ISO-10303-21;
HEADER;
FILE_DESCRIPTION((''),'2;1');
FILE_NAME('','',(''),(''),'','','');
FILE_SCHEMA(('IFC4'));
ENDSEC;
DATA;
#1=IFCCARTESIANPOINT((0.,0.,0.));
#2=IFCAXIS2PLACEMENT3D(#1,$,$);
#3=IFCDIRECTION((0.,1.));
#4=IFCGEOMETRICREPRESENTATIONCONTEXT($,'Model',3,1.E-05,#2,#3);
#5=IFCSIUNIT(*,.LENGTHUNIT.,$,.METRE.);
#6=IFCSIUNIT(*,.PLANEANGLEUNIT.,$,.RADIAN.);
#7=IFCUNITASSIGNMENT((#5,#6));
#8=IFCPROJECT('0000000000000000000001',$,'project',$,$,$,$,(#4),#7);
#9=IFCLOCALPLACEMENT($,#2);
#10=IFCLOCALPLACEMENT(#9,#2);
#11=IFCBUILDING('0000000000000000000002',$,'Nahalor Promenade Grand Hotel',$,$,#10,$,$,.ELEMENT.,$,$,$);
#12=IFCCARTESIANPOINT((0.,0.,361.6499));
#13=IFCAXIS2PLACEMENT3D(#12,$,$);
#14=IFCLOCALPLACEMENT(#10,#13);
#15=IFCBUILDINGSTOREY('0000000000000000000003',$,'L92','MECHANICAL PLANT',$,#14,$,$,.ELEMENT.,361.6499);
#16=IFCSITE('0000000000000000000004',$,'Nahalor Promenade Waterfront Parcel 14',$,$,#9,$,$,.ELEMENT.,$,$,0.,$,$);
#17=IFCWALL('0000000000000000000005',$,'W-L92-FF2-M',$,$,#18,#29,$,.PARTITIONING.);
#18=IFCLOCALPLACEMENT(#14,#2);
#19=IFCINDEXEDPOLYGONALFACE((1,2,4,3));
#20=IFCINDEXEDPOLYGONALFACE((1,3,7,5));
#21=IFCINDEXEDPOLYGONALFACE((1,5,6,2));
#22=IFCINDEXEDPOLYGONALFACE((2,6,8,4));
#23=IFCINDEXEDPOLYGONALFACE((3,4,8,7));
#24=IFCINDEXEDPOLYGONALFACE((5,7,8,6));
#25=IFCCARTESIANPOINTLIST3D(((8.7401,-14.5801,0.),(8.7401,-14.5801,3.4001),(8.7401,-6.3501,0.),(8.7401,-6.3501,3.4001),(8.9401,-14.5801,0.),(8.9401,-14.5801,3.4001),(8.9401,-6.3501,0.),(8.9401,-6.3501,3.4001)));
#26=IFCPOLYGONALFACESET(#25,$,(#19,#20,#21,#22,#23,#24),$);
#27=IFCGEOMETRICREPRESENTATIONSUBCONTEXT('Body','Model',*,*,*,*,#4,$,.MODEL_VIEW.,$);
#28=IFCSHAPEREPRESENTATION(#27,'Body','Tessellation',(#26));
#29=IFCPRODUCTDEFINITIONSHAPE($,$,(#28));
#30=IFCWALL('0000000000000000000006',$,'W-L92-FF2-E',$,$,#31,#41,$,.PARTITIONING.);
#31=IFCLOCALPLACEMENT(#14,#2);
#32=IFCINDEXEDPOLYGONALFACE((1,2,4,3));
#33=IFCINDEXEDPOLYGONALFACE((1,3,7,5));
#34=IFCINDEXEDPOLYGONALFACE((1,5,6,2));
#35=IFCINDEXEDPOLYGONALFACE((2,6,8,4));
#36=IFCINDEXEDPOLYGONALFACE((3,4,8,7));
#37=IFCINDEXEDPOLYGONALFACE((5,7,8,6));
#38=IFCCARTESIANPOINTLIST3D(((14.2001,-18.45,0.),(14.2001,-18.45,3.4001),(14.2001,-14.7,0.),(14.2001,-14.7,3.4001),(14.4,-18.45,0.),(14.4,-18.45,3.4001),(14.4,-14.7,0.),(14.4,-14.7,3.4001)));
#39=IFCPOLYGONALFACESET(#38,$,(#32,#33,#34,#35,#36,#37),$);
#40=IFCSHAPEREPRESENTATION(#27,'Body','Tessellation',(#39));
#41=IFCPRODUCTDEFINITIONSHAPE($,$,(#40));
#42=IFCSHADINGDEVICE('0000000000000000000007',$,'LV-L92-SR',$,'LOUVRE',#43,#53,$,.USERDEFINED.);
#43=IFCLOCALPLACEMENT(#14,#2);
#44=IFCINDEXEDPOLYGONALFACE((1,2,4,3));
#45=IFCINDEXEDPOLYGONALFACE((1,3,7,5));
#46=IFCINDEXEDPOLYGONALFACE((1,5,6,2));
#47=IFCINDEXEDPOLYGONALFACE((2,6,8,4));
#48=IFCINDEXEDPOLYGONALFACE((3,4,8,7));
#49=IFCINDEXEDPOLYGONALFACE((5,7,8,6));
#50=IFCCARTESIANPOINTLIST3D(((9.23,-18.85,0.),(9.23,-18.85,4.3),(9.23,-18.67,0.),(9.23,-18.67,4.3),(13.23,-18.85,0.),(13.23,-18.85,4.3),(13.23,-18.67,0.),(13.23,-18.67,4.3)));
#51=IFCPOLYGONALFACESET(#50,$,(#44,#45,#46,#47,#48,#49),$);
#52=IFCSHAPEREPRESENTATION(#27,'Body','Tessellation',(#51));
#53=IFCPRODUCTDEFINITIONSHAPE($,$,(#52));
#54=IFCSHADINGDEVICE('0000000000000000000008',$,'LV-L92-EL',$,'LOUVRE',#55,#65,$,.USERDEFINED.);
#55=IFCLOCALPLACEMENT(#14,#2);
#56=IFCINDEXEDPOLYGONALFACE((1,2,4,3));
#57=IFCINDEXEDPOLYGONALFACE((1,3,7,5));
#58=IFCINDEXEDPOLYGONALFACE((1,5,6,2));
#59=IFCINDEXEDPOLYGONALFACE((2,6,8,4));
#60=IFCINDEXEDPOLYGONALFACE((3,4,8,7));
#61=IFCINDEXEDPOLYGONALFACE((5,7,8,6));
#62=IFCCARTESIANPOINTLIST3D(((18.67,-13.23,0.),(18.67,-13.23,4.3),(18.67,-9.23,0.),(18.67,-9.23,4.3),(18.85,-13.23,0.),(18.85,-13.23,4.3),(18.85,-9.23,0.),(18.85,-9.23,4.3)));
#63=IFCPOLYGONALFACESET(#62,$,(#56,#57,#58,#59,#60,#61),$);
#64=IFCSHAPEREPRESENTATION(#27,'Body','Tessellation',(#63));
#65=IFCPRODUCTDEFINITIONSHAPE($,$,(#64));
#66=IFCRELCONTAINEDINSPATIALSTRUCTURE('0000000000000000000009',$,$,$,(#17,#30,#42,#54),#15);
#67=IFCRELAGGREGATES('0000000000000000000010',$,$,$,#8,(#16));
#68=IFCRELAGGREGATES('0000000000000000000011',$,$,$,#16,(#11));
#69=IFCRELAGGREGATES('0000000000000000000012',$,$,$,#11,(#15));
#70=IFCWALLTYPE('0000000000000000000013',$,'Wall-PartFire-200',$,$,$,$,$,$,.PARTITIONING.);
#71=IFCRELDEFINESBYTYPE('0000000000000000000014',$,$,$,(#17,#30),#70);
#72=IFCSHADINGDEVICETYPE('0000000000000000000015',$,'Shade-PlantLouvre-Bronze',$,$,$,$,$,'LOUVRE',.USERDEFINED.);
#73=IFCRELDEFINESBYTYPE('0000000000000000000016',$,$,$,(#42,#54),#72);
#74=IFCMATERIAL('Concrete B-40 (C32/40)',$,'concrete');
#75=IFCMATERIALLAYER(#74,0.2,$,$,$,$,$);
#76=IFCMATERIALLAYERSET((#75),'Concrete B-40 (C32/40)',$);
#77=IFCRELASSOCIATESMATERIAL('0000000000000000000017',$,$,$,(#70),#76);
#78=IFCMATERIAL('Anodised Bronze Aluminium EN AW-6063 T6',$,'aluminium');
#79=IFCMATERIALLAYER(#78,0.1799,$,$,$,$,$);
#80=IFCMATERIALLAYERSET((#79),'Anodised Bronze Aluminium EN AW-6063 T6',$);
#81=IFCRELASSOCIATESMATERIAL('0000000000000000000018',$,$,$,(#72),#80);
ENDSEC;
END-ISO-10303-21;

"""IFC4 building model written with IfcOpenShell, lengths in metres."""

from ifc_helpers import new_model, si_unit, direction, frame, frame_2d, origin, origin_2d, place, context, subcontext, project, spatial, rectangle, extrude, source, transform, mapped, material, layer, layer_set, type_object, element, save


model = new_model("IFC4")

# Units and contexts
model_context = context("Model", 3, precision=1e-05, world=origin(), true_north=direction((0.0, 1.0)))
body_context = subcontext(model_context, "Body", "Model", "MODEL_VIEW")
ifc_project = project(units=[si_unit("LENGTHUNIT", "METRE"), si_unit("PLANEANGLEUNIT", "RADIAN")], contexts=[model_context])

# Site, building, storey
site_placement = place(None, origin())
site = spatial("IfcSite", under=ifc_project, at=site_placement, Name="Nahalor Promenade Waterfront Parcel 14", CompositionType="ELEMENT", RefElevation=0.0)
building_placement = place(site_placement, origin())
building = spatial("IfcBuilding", under=site, at=building_placement, Name="Nahalor Promenade Grand Hotel", CompositionType="ELEMENT")
storey_placement = place(building_placement, frame((0.0, 0.0, 361.6499)))
storey = spatial("IfcBuildingStorey", under=building, at=storey_placement, Name="L92", Description="MECHANICAL PLANT", CompositionType="ELEMENT", Elevation=361.6499)

# Shared definitions
ifc_material_1 = material(Name="Anodised Bronze Aluminium EN AW-6063 T6", Category="aluminium")

# Walls
ifc_material_2 = material(Name="Concrete B-40 (C32/40)", Category="concrete")
ifc_layer_1 = layer(ifc_material_2, 0.2)
ifc_layer_set_1 = layer_set([ifc_layer_1], Name="Concrete B-40 (C32/40)")
wall_type_1 = type_object("IfcWallType", Name="Wall-PartFire-200", PredefinedType="PARTITIONING", material=ifc_layer_set_1)
shared_shape_1 = source(origin(), body_context, "Body", "SweptSolid", [
    extrude(rectangle(XDim=8.23, YDim=0.2, at=frame_2d((4.115, 0.0))), origin(), (0.0, 0.0, 1.0), 3.4001),
])
wall_1_placement = place(storey_placement, frame((8.8401, -14.5801, 0.0), z_axis=(0.0, 0.0, 1.0), x_axis=(0.0, 1.0, 0.0)))
element("IfcWall", 1, at=wall_1_placement, inside=storey, type_object=wall_type_1, Name="W-L92-FF2-M", PredefinedType="PARTITIONING", context=body_context, shape_type="MappedRepresentation", body=[
    mapped(shared_shape_1, transform((0.0, 0.0, 0.0), scale=1.0)),
])
shared_shape_2 = source(origin(), body_context, "Body", "SweptSolid", [
    extrude(rectangle(XDim=3.75, YDim=0.2, at=frame_2d((1.875, 0.0))), origin(), (0.0, 0.0, 1.0), 3.4001),
])
wall_2_placement = place(storey_placement, frame((14.3, -18.45, 0.0), z_axis=(0.0, 0.0, 1.0), x_axis=(0.0, 1.0, 0.0)))
element("IfcWall", 2, at=wall_2_placement, inside=storey, type_object=wall_type_1, Name="W-L92-FF2-E", PredefinedType="PARTITIONING", context=body_context, shape_type="MappedRepresentation", body=[
    mapped(shared_shape_2, transform((0.0, 0.0, 0.0), scale=1.0)),
])

# Shading devices
ifc_layer_2 = layer(ifc_material_1, 0.1799)
ifc_layer_set_2 = layer_set([ifc_layer_2], Name="Anodised Bronze Aluminium EN AW-6063 T6")
shading_device_type = type_object("IfcShadingDeviceType", Name="Shade-PlantLouvre-Bronze", ElementType="LOUVRE", PredefinedType="USERDEFINED", material=ifc_layer_set_2)
shared_shape_3 = source(origin(), body_context, "Body", "SweptSolid", [
    extrude(rectangle(XDim=4.0, YDim=0.1799, at=origin_2d()), origin(), (0.0, 0.0, 1.0), 4.3),
])
for number, where, z_axis, x_axis, name in (
    (3, (11.23, -18.76, 0.0), (0.0, 0.0, 1.0), (1.0, 0.0, 0.0), "LV-L92-SR"),
    (4, (18.76, -11.23, 0.0), (0.0, 0.0, 1.0), (0.0, 1.0, 0.0), "LV-L92-EL"),
):
    element("IfcShadingDevice", number, at=place(storey_placement, frame(where, z_axis=z_axis, x_axis=x_axis)), inside=storey, type_object=shading_device_type, Name=name, ObjectType="LOUVRE", PredefinedType="USERDEFINED", context=body_context, shape_type="MappedRepresentation", body=[
        mapped(shared_shape_3, transform((0.0, 0.0, 0.0), scale=1.0)),
    ])

save(model, "model.ifc")
